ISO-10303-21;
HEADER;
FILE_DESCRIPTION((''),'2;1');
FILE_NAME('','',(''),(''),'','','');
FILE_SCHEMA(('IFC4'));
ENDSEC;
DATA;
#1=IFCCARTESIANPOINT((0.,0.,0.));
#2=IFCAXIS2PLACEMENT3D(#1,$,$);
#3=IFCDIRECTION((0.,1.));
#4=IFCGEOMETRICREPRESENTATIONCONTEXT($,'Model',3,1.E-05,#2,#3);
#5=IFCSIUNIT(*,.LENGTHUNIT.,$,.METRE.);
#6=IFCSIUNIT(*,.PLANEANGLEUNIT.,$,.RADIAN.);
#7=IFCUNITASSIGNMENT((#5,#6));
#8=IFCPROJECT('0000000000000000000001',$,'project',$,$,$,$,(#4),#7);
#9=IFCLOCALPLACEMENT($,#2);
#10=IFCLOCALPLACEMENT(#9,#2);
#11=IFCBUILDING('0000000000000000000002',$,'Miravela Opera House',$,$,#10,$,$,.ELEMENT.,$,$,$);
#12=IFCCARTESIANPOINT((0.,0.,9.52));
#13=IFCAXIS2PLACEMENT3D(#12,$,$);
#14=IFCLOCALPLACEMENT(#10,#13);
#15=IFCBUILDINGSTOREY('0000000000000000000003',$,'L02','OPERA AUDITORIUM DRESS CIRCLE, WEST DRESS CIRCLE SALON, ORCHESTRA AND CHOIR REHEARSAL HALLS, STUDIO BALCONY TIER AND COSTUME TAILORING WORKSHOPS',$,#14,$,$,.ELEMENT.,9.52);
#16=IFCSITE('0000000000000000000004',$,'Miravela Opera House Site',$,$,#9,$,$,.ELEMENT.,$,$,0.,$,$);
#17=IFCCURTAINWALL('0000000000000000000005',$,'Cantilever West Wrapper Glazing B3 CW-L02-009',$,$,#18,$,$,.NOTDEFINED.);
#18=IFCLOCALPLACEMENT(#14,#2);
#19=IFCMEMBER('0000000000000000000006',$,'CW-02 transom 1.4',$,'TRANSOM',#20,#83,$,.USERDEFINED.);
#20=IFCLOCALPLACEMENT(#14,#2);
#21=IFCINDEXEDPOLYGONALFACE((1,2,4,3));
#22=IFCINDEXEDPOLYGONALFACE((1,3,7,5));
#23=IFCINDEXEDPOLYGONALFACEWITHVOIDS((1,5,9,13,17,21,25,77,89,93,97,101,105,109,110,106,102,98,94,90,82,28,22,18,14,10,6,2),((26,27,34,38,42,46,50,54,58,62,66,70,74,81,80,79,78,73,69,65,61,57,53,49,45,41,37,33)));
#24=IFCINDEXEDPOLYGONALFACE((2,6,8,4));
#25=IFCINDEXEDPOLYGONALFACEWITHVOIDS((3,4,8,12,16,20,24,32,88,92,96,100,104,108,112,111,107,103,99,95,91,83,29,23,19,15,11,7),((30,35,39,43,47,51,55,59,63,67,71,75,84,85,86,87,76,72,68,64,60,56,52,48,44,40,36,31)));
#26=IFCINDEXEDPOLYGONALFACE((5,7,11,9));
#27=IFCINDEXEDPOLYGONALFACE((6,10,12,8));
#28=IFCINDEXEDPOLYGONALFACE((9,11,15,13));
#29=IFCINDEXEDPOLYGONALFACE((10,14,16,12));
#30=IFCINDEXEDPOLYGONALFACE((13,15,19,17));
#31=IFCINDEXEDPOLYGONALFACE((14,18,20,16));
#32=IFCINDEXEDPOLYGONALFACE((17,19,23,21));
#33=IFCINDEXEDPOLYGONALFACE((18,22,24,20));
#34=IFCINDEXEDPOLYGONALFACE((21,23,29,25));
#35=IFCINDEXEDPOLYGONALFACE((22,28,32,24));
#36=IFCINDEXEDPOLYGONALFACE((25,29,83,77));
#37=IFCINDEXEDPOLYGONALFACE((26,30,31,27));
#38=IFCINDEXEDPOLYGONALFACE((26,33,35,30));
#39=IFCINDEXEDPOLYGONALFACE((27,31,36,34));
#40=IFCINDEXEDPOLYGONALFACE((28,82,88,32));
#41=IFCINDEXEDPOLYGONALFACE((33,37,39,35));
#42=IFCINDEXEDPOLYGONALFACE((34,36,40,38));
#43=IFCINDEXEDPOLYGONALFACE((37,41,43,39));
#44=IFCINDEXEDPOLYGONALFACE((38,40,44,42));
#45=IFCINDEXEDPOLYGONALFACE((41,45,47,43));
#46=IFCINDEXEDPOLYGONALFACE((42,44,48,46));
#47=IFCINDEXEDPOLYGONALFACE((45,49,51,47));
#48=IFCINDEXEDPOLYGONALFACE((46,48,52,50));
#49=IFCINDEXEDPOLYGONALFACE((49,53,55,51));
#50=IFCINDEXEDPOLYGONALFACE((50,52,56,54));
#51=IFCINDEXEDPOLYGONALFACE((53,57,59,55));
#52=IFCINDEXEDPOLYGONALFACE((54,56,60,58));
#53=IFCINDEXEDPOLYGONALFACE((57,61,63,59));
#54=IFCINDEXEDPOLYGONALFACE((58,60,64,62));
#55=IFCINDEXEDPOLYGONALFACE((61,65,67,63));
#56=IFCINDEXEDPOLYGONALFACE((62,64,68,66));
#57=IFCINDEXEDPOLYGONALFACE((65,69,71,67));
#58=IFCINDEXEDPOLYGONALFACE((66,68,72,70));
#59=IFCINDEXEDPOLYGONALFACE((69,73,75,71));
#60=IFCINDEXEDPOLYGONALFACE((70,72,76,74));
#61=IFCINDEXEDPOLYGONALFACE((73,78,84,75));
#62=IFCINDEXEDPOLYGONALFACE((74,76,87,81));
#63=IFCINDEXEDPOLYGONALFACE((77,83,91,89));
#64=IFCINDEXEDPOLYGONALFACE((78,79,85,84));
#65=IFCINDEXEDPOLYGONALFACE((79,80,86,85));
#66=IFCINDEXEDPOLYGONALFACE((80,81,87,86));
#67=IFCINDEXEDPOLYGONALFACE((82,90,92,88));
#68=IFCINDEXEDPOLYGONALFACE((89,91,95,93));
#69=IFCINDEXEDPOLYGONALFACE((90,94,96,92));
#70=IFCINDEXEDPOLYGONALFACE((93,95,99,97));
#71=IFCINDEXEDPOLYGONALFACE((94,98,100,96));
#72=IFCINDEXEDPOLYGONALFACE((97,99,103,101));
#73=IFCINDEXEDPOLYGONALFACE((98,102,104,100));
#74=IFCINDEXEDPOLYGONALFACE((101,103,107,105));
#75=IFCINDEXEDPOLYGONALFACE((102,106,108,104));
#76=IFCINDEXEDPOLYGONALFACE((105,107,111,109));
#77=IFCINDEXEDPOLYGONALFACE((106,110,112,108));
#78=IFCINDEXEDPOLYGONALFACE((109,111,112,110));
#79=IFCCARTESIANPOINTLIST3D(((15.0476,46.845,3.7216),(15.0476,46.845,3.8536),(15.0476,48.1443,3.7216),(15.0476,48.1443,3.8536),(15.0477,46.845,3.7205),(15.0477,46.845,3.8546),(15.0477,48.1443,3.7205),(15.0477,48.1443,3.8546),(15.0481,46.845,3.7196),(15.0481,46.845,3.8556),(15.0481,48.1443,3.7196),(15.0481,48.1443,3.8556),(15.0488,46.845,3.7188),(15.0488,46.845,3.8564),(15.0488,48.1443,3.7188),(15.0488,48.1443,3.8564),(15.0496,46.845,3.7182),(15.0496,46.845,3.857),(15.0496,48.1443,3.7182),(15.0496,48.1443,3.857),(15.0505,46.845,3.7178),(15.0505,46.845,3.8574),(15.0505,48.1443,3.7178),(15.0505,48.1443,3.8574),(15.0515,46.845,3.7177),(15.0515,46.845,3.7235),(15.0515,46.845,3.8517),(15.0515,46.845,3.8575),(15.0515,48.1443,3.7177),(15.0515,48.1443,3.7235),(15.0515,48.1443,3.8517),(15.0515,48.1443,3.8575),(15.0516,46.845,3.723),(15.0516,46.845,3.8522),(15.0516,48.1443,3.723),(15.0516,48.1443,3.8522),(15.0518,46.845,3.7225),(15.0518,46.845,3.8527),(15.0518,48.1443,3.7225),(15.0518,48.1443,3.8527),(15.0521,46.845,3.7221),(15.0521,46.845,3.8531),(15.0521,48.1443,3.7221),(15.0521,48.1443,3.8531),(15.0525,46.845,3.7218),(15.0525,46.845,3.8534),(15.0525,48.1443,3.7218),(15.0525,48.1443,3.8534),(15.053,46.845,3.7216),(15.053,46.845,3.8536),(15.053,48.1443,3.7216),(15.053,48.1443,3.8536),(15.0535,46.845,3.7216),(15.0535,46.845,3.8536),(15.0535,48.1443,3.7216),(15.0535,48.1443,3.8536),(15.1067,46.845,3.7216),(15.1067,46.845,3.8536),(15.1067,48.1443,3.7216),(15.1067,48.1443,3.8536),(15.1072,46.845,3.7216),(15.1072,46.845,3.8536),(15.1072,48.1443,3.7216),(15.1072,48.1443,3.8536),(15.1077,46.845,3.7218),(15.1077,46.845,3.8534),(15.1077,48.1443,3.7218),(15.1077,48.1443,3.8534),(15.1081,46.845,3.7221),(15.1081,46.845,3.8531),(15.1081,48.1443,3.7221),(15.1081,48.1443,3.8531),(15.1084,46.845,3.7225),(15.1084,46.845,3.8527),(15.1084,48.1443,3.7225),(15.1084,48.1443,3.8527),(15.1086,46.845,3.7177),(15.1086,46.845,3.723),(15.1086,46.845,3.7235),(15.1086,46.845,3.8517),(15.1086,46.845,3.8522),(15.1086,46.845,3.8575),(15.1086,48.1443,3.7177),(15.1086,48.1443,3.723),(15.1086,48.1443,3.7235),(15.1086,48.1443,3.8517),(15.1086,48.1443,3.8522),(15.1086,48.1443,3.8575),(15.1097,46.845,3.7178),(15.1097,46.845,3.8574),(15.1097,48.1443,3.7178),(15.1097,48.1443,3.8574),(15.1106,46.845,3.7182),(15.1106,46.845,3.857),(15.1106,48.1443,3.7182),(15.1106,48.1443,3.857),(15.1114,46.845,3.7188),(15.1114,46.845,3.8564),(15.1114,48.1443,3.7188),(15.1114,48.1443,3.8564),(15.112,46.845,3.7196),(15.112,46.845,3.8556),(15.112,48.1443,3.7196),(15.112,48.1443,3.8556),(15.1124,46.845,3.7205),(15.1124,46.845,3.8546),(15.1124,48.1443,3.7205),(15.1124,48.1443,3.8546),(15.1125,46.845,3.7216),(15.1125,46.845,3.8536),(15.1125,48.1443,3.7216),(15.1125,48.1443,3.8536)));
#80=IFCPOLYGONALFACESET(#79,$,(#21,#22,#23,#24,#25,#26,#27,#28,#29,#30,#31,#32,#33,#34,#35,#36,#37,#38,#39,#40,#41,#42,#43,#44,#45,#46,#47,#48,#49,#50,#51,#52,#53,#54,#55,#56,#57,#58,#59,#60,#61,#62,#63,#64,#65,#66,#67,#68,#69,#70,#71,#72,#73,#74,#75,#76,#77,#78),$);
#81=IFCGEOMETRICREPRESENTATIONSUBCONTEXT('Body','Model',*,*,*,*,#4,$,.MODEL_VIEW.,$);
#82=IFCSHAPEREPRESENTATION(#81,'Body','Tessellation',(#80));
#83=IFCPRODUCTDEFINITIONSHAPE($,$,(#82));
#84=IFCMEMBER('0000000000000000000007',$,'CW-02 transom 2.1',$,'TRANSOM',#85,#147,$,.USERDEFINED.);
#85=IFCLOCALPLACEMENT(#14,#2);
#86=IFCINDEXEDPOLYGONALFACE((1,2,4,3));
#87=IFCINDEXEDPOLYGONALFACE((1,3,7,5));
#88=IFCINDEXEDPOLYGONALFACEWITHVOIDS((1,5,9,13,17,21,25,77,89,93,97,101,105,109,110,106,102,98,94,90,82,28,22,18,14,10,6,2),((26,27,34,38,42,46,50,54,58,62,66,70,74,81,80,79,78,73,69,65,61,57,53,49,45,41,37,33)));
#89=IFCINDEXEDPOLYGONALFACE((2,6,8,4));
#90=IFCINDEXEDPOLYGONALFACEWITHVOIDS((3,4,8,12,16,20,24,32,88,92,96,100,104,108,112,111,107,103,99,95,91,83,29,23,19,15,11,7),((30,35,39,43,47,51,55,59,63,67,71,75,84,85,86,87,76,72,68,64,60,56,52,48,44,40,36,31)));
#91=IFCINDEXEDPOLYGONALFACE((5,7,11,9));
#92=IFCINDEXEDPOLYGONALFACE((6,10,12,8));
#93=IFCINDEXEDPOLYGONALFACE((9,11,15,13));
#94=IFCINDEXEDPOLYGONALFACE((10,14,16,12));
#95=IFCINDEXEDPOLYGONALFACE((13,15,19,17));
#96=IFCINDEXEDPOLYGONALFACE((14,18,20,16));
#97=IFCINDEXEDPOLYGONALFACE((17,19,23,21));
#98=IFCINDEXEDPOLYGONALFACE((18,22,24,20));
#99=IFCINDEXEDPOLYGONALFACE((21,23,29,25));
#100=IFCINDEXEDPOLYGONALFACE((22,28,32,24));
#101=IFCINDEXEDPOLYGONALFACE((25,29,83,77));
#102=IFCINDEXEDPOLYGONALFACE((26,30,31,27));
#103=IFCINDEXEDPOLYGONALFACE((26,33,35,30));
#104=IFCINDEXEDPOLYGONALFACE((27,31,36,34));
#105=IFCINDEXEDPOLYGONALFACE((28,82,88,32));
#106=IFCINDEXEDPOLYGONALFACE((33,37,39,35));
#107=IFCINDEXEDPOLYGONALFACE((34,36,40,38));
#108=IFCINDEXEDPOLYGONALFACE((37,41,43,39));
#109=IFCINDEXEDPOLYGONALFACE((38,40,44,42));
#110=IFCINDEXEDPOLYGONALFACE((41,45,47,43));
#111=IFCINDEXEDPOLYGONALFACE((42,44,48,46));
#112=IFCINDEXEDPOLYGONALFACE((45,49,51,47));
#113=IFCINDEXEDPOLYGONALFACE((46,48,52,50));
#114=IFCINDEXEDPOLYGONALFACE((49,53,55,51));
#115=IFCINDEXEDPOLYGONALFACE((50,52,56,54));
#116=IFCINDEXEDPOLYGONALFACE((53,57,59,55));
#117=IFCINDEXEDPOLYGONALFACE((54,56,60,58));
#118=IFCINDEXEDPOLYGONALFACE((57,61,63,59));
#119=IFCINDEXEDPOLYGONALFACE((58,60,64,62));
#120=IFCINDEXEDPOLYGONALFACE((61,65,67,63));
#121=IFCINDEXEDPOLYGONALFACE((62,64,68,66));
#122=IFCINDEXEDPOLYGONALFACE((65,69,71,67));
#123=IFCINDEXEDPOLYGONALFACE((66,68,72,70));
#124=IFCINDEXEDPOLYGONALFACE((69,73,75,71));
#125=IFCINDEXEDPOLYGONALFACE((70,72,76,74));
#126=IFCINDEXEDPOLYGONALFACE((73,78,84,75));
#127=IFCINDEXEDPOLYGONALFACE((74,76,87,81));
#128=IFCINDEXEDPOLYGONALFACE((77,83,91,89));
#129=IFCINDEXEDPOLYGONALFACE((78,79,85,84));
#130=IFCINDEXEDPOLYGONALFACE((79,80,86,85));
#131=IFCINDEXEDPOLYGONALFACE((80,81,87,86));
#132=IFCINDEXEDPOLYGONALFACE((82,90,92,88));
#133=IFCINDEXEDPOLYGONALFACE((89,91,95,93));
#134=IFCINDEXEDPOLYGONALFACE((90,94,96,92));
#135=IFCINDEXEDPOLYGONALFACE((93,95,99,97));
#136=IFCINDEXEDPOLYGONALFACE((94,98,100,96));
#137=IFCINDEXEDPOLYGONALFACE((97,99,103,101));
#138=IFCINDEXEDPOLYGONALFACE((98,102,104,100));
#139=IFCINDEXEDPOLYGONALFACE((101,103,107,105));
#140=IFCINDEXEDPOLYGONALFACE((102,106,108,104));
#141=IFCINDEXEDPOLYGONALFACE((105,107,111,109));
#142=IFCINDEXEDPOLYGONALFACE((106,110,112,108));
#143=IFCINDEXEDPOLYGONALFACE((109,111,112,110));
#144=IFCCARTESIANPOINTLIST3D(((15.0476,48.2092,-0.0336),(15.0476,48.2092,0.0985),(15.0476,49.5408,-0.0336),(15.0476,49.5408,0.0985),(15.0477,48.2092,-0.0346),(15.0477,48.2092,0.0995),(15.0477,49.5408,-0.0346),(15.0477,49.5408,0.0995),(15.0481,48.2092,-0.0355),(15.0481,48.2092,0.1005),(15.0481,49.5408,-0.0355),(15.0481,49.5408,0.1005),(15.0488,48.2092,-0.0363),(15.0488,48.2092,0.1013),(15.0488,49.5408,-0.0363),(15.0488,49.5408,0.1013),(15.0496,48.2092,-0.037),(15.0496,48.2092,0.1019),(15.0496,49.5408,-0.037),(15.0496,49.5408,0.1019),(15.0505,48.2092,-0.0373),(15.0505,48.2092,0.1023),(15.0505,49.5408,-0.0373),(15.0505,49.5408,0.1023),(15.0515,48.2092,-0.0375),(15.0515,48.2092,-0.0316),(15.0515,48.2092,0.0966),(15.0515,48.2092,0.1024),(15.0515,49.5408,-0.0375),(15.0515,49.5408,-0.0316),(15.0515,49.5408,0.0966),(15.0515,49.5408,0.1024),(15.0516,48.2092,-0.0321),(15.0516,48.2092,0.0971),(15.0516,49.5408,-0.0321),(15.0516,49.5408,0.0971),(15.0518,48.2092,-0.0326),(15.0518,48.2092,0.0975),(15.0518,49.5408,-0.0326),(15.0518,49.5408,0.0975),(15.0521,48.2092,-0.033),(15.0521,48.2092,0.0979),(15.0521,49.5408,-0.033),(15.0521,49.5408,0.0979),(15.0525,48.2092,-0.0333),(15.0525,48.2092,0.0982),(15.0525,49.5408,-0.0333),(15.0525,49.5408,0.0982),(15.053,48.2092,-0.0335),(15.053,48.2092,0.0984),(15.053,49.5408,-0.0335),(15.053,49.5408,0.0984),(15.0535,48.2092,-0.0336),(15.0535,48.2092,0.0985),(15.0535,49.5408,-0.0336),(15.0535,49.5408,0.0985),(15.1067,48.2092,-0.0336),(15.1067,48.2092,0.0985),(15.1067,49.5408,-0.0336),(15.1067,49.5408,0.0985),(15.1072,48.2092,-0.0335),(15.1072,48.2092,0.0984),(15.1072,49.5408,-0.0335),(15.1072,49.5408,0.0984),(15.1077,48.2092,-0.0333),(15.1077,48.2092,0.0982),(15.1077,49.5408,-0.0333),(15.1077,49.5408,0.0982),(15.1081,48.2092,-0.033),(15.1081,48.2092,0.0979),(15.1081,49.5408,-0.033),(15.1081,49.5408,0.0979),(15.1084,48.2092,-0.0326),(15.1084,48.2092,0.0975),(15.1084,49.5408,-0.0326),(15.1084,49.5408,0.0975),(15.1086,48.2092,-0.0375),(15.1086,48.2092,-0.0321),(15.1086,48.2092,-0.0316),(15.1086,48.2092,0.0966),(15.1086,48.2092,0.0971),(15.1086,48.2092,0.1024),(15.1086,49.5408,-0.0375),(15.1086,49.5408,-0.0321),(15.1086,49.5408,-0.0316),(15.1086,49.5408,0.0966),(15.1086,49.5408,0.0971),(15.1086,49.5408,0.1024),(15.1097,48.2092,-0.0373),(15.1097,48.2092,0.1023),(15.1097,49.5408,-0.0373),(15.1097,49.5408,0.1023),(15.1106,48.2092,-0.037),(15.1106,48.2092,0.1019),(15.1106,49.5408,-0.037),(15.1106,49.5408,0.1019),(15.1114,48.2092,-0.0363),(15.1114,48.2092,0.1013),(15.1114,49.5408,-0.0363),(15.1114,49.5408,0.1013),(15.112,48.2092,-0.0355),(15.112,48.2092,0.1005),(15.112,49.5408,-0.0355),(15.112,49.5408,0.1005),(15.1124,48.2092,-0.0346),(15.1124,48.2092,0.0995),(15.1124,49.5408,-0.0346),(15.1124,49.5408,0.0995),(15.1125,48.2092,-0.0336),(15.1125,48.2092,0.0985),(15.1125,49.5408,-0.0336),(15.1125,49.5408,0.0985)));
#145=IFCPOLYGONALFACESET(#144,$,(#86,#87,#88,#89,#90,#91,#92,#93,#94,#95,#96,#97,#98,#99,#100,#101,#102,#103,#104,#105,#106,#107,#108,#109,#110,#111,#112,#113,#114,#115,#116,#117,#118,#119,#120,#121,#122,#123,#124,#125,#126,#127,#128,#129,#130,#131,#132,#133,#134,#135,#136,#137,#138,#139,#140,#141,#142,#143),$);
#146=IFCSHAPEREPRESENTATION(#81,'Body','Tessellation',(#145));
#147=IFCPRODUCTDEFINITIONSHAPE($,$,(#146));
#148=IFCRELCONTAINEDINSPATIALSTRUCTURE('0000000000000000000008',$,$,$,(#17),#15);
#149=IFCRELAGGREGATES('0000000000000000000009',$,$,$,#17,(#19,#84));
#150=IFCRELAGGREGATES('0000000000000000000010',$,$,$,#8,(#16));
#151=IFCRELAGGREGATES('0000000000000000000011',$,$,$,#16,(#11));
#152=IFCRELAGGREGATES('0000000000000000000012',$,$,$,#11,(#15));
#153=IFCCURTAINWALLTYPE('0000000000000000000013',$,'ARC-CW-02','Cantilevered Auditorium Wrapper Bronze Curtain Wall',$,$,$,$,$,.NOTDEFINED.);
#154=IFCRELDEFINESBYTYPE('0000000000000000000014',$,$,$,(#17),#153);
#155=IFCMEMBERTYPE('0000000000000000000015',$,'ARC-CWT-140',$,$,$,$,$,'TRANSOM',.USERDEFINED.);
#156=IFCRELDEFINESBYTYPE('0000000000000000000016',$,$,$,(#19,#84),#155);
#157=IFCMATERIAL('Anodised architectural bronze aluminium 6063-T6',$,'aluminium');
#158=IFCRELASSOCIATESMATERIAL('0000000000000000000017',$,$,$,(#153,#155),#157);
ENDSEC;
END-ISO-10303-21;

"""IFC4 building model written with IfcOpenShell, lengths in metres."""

from ifc_helpers import new_model, si_unit, direction, frame, origin, origin_2d, place, context, subcontext, project, spatial, hollow_rectangle, extrude, material, material_profile, profile_set, type_object, element, aggregate, save


model = new_model("IFC4")

# Units and contexts
model_context = context("Model", 3, precision=1e-05, world=origin(), true_north=direction((0.0, 1.0)))
body_context = subcontext(model_context, "Body", "Model", "MODEL_VIEW")
ifc_project = project(units=[si_unit("LENGTHUNIT", "METRE"), si_unit("PLANEANGLEUNIT", "RADIAN")], contexts=[model_context])

# Site, building, storey
site_placement = place(None, origin())
site = spatial("IfcSite", under=ifc_project, at=site_placement, Name="Miravela Opera House Site", CompositionType="ELEMENT", RefElevation=0.0)
building_placement = place(site_placement, origin())
building = spatial("IfcBuilding", under=site, at=building_placement, Name="Miravela Opera House", CompositionType="ELEMENT")
storey_placement = place(building_placement, frame((0.0, 0.0, 9.52)))
storey = spatial("IfcBuildingStorey", under=building, at=storey_placement, Name="L02", Description="OPERA AUDITORIUM DRESS CIRCLE, WEST DRESS CIRCLE SALON, ORCHESTRA AND CHOIR REHEARSAL HALLS, STUDIO BALCONY TIER AND COSTUME TAILORING WORKSHOPS", CompositionType="ELEMENT", Elevation=9.52)

# Shared definitions
ifc_material_1 = material(Name="Anodised architectural bronze aluminium 6063-T6", Category="aluminium")
curtain_wall_type = type_object("IfcCurtainWallType", Name="ARC-CW-02", Description="Cantilevered Auditorium Wrapper Bronze Curtain Wall", PredefinedType="NOTDEFINED", material=ifc_material_1)

# Curtain wall, members
curtain_wall_1_placement = place(storey_placement, origin())
curtain_wall_1 = element("IfcCurtainWall", 1, at=curtain_wall_1_placement, inside=storey, type_object=curtain_wall_type, Name="Cantilever West Wrapper Glazing B3 CW-L02-009", PredefinedType="NOTDEFINED")
ifc_material_profile_1 = material_profile(ifc_material_1, hollow_rectangle(XDim=0.0649, YDim=0.1399, WallThickness=0.0039, InnerFilletRadius=0.002, OuterFilletRadius=0.0039, at=origin_2d()), Name="CWT-65X140")
ifc_profile_set_1 = profile_set([ifc_material_profile_1])
member_type_1 = type_object("IfcMemberType", Name="ARC-CWT-140", ElementType="TRANSOM", PredefinedType="USERDEFINED", material=ifc_profile_set_1)
member_1_placement = place(storey_placement, frame((15.0801, 46.845, 3.7876), z_axis=(0.0, 1.0, 0.0), x_axis=(-1.0, 0.0, 0.0)))
member_1 = element("IfcMember", 2, at=member_1_placement, type_object=member_type_1, Name="CW-02 transom 1.4", ObjectType="TRANSOM", PredefinedType="USERDEFINED", context=body_context, shape_type="SweptSolid", body=[
    extrude(hollow_rectangle(XDim=0.0649, YDim=0.1399, WallThickness=0.0039, InnerFilletRadius=0.002, OuterFilletRadius=0.0039, at=origin_2d()), origin(), (0.0, 0.0, 1.0), 1.2993),
])
member_2_placement = place(storey_placement, frame((15.0801, 48.2092, 0.0325), z_axis=(0.0, 1.0, 0.0), x_axis=(-1.0, 0.0, 0.0)))
member_2 = element("IfcMember", 3, at=member_2_placement, type_object=member_type_1, Name="CW-02 transom 2.1", ObjectType="TRANSOM", PredefinedType="USERDEFINED", context=body_context, shape_type="SweptSolid", body=[
    extrude(hollow_rectangle(XDim=0.0649, YDim=0.1399, WallThickness=0.0039, InnerFilletRadius=0.002, OuterFilletRadius=0.0039, at=origin_2d()), origin(), (0.0, 0.0, 1.0), 1.3315),
])

aggregate(curtain_wall_1, [member_1, member_2])

save(model, "model.ifc")
